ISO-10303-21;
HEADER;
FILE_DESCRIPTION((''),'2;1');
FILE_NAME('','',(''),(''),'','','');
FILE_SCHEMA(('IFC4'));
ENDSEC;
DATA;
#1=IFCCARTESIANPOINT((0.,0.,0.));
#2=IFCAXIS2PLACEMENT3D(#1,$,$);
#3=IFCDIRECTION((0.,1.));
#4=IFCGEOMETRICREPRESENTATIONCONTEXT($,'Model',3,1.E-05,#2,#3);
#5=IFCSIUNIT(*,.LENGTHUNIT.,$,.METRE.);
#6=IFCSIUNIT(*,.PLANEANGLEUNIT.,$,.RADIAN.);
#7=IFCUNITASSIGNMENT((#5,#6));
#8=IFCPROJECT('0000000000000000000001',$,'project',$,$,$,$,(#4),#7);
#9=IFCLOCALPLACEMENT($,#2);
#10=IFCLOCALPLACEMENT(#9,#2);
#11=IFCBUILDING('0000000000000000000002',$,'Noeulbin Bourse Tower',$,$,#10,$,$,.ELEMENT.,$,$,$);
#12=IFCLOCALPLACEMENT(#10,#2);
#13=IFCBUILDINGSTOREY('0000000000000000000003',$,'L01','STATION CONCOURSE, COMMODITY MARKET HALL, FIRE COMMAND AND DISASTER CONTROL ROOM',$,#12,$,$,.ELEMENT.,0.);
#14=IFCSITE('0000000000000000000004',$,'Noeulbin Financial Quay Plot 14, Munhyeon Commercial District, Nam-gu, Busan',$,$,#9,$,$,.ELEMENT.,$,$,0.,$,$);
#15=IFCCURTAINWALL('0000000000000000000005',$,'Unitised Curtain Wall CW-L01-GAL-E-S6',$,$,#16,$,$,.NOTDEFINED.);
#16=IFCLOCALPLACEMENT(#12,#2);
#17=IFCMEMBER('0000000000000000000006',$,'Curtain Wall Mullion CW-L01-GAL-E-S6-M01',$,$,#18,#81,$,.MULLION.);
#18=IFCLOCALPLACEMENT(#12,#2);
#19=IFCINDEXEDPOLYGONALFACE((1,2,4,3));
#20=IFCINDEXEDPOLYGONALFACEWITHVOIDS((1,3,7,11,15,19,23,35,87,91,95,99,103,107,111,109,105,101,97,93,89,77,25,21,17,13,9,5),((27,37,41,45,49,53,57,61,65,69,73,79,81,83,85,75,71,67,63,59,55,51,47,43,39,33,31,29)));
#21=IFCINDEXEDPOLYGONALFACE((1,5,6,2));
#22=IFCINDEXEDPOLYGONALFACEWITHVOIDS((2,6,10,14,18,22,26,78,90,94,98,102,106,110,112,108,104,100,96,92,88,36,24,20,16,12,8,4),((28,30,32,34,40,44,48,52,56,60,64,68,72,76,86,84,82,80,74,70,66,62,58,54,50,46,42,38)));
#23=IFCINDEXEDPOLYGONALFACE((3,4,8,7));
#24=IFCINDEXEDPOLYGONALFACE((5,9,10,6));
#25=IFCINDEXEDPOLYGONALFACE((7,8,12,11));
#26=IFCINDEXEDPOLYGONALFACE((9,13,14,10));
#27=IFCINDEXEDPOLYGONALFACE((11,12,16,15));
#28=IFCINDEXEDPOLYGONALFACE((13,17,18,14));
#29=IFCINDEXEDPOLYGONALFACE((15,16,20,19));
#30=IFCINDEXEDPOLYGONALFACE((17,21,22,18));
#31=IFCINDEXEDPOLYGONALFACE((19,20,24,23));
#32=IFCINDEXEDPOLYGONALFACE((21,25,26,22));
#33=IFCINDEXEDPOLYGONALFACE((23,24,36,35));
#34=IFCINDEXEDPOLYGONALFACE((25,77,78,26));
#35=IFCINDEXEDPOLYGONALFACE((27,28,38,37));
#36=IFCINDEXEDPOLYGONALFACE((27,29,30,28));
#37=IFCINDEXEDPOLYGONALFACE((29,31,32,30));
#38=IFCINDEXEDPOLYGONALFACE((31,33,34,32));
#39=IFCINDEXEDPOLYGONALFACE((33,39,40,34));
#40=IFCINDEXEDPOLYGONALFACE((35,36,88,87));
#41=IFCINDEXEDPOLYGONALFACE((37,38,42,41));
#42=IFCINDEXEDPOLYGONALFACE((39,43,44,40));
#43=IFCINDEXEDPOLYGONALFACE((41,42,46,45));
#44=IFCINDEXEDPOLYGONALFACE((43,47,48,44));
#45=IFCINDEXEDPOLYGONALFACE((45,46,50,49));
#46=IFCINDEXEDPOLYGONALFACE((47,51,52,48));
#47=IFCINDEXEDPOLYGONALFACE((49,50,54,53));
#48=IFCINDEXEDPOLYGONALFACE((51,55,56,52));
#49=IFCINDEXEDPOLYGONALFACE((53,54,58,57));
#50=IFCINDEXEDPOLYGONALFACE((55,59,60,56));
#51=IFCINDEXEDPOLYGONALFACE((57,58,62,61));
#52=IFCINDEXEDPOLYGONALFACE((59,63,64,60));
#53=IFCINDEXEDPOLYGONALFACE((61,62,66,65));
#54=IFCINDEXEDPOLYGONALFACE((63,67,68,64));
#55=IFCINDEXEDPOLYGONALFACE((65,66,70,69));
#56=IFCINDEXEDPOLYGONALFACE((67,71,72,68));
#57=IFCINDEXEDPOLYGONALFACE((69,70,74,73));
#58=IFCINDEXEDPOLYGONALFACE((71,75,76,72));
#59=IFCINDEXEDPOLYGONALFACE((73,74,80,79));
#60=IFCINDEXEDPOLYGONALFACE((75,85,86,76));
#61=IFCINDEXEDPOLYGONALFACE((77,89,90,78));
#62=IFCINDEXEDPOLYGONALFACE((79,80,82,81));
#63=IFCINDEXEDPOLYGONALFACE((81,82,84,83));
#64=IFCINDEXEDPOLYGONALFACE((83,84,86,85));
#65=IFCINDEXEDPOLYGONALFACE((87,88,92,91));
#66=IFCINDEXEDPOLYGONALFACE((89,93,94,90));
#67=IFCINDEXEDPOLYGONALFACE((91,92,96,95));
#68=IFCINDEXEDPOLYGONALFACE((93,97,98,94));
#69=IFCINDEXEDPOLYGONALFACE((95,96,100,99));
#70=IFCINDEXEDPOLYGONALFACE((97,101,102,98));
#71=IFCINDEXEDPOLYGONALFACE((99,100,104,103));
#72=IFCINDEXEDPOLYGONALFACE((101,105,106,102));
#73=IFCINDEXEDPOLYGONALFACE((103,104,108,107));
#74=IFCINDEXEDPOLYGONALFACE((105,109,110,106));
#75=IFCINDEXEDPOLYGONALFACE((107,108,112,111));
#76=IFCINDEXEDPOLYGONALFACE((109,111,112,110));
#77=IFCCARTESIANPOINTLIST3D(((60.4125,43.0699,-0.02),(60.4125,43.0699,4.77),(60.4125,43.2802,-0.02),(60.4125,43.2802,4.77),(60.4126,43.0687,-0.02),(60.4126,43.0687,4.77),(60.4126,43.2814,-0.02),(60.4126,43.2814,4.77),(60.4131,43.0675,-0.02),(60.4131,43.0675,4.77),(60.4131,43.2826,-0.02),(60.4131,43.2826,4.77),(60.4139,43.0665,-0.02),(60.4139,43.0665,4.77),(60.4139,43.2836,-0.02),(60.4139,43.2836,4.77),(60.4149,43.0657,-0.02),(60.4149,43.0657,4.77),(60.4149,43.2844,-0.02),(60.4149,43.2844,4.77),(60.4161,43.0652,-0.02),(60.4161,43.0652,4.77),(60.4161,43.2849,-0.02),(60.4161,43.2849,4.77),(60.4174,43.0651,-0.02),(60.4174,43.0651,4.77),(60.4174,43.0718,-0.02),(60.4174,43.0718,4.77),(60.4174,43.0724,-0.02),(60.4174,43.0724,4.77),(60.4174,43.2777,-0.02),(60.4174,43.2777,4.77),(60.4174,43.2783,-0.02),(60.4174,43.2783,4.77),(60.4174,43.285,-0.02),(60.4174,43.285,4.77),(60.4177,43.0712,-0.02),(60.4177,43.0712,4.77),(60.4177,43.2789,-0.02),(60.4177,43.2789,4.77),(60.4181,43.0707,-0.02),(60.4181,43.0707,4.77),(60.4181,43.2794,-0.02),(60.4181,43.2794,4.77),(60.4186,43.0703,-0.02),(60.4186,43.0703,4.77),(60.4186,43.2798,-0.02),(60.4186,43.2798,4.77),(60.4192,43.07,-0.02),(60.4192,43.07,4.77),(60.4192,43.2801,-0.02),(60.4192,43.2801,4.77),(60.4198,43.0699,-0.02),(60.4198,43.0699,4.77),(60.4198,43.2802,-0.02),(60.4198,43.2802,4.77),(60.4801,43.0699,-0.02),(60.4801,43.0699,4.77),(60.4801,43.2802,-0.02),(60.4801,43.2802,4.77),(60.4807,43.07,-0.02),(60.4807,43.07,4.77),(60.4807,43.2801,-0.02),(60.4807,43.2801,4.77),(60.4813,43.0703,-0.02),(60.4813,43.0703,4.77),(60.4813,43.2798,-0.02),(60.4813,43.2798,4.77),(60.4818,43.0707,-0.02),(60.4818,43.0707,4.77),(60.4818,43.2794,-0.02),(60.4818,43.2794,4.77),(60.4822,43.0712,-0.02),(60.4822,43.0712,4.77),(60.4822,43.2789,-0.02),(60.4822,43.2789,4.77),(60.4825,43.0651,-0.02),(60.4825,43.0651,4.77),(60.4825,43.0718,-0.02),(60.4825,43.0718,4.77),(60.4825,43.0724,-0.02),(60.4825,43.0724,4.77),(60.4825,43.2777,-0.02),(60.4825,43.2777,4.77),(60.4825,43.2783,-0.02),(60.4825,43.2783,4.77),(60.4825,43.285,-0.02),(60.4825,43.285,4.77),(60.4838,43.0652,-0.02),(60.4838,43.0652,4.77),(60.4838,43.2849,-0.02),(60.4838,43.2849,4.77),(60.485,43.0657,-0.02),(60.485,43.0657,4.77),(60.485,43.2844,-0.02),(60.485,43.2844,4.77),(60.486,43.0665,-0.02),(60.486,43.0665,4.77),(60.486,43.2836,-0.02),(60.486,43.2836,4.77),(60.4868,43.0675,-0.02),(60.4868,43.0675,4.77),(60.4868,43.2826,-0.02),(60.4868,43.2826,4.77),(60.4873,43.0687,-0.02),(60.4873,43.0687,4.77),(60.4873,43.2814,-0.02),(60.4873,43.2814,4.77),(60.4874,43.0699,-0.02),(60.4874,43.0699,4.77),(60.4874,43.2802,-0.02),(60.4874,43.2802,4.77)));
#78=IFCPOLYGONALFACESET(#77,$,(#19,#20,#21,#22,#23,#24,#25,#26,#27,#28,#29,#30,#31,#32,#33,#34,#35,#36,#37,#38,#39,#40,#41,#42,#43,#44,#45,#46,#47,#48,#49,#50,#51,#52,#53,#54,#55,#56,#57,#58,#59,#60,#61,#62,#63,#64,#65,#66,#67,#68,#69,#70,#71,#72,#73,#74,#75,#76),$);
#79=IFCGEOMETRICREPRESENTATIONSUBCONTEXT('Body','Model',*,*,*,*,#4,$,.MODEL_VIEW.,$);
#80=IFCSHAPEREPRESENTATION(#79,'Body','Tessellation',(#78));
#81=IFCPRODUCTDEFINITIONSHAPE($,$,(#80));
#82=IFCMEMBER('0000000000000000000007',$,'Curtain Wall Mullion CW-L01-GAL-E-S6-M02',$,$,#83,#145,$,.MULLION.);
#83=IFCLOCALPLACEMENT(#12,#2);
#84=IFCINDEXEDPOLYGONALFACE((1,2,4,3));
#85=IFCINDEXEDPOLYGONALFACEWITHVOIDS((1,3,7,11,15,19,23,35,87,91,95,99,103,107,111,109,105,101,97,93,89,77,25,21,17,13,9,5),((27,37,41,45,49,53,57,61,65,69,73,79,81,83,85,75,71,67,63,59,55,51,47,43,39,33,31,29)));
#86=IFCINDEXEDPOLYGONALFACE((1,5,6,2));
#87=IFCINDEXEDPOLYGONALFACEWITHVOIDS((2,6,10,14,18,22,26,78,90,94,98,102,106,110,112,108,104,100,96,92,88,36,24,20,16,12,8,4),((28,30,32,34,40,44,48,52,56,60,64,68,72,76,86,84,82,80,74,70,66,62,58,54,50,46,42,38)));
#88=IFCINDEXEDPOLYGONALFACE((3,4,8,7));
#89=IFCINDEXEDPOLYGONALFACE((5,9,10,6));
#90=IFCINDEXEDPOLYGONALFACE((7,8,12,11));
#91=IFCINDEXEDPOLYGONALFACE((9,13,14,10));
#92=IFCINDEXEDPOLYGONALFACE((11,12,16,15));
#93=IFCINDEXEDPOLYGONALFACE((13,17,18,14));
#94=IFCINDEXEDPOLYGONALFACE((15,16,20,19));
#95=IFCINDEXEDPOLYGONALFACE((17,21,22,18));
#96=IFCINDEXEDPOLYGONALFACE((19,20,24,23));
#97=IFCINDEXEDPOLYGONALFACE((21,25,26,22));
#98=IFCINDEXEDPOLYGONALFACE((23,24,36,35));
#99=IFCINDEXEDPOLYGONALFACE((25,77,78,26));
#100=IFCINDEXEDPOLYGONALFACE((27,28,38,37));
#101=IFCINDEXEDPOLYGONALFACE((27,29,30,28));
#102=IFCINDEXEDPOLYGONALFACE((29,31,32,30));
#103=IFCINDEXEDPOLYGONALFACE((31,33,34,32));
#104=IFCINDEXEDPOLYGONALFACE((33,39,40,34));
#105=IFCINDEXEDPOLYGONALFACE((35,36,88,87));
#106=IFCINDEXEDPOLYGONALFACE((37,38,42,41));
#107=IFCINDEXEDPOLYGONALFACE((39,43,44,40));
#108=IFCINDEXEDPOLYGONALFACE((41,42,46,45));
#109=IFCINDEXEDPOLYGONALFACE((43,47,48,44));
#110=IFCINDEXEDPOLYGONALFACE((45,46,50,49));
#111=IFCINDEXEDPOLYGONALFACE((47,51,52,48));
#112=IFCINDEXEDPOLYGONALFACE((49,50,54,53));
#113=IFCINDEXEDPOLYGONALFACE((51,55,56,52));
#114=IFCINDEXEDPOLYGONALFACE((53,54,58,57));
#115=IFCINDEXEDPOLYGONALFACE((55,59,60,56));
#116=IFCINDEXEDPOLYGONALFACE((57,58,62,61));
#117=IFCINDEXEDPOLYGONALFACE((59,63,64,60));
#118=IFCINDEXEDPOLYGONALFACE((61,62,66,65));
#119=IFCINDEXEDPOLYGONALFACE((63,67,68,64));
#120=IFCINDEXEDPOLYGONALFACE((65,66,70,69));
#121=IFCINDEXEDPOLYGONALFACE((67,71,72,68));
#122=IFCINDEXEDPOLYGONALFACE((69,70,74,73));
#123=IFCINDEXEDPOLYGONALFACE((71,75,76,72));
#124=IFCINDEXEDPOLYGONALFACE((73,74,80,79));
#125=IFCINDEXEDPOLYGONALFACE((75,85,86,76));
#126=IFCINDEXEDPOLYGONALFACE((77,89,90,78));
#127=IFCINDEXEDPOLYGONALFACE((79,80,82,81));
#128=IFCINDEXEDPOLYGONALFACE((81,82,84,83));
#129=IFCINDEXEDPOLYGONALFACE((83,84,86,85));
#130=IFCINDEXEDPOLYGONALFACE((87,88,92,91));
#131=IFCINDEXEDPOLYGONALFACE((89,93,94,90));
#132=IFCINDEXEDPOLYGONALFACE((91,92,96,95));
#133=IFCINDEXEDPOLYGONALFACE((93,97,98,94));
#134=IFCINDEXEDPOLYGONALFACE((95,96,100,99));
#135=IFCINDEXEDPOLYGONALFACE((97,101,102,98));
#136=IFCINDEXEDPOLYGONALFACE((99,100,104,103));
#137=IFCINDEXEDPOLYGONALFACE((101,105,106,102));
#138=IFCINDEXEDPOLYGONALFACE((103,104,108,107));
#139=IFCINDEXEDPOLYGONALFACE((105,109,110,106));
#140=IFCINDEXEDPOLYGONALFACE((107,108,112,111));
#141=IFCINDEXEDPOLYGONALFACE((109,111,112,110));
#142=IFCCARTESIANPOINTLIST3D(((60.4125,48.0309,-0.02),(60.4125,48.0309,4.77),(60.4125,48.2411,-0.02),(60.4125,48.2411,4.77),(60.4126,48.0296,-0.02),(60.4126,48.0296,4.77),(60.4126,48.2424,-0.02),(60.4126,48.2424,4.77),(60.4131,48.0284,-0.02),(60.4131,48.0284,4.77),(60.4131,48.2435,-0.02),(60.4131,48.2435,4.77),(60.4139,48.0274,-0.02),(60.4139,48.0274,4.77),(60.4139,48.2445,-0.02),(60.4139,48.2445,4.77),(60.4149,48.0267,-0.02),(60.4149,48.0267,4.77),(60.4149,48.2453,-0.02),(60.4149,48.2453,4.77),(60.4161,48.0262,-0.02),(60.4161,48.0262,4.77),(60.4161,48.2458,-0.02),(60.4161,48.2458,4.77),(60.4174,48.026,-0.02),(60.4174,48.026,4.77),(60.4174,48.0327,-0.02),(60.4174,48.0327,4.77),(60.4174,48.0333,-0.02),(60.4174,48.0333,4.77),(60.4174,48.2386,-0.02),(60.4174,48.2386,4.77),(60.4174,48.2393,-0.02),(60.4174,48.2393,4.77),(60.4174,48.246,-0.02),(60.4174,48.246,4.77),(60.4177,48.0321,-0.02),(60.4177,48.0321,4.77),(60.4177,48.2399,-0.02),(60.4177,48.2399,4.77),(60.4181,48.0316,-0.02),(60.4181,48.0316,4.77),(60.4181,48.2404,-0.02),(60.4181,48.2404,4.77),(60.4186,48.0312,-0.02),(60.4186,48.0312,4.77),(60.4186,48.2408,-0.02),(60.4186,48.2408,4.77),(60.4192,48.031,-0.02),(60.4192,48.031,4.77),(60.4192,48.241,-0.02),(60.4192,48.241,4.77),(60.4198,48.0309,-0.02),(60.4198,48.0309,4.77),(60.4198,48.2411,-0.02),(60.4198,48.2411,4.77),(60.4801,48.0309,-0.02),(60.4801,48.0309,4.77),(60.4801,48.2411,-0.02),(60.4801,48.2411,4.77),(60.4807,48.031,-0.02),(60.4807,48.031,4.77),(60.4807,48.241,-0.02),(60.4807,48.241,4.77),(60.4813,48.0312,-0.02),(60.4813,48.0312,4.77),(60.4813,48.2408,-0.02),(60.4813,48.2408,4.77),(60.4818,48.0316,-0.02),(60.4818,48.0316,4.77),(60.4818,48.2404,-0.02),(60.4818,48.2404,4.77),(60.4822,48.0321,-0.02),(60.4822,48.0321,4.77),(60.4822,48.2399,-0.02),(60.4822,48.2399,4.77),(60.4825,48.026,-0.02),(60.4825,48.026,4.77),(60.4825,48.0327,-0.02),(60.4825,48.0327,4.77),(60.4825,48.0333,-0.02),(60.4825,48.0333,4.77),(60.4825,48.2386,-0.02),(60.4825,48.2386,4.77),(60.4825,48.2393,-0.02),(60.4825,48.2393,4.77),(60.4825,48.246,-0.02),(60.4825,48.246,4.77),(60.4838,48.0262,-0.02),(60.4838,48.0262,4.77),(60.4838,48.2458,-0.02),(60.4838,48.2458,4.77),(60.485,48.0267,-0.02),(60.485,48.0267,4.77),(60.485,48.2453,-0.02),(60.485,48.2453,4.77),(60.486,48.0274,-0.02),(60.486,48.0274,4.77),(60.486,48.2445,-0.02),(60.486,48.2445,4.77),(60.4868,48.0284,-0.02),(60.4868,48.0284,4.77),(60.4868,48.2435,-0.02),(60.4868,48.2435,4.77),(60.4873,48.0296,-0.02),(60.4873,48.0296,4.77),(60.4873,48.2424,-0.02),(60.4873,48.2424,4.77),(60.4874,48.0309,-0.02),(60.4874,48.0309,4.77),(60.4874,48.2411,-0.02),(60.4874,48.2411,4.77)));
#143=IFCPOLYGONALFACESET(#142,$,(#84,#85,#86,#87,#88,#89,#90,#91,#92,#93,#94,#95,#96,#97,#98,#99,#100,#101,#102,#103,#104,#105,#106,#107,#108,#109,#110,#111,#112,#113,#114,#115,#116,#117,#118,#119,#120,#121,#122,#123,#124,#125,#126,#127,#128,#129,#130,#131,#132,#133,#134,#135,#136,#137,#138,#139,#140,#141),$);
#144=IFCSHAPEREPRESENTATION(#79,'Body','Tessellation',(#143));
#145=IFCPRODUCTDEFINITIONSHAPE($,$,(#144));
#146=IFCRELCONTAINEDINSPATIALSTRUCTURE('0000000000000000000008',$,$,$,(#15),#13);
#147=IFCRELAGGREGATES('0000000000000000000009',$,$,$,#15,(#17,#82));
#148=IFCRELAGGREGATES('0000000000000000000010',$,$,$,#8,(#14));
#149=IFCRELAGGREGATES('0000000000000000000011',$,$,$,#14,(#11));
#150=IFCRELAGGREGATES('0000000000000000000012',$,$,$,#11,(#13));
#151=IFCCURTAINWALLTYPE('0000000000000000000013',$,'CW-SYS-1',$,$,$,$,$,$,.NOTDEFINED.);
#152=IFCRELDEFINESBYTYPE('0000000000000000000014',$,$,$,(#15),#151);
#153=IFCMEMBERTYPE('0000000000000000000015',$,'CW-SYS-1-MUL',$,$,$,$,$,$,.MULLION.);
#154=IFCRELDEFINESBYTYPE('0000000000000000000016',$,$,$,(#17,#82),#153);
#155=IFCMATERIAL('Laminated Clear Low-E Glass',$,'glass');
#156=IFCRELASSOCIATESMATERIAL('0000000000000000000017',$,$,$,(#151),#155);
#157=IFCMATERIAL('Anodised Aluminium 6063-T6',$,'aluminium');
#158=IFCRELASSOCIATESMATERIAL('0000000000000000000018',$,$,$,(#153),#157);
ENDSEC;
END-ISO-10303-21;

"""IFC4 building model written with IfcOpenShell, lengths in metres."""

from ifc_helpers import new_model, si_unit, direction, frame, origin, origin_2d, place, context, subcontext, project, spatial, hollow_rectangle, extrude, material, material_profile, profile_set, type_object, element, aggregate, save


model = new_model("IFC4")

# Units and contexts
model_context = context("Model", 3, precision=1e-05, world=origin(), true_north=direction((0.0, 1.0)))
body_context = subcontext(model_context, "Body", "Model", "MODEL_VIEW")
ifc_project = project(units=[si_unit("LENGTHUNIT", "METRE"), si_unit("PLANEANGLEUNIT", "RADIAN")], contexts=[model_context])

# Site, building, storey
site_placement = place(None, origin())
site = spatial("IfcSite", under=ifc_project, at=site_placement, Name="Noeulbin Financial Quay Plot 14, Munhyeon Commercial District, Nam-gu, Busan", CompositionType="ELEMENT", RefElevation=0.0)
building_placement = place(site_placement, origin())
building = spatial("IfcBuilding", under=site, at=building_placement, Name="Noeulbin Bourse Tower", CompositionType="ELEMENT")
storey_placement = place(building_placement, origin())
storey = spatial("IfcBuildingStorey", under=building, at=storey_placement, Name="L01", Description="STATION CONCOURSE, COMMODITY MARKET HALL, FIRE COMMAND AND DISASTER CONTROL ROOM", CompositionType="ELEMENT", Elevation=0.0)

# Curtain wall, members
ifc_material_1 = material(Name="Laminated Clear Low-E Glass", Category="glass")
curtain_wall_type = type_object("IfcCurtainWallType", Name="CW-SYS-1", PredefinedType="NOTDEFINED", material=ifc_material_1)
ifc_material_2 = material(Name="Anodised Aluminium 6063-T6", Category="aluminium")
ifc_material_profile_1 = material_profile(ifc_material_2, hollow_rectangle(XDim=0.075, YDim=0.22, WallThickness=0.0049, InnerFilletRadius=0.0024, OuterFilletRadius=0.0049, at=origin_2d()), Name="ALU-MULL-75x220x5", Category="LoadBearing")
ifc_profile_set_1 = profile_set([ifc_material_profile_1], Name="Anodised Aluminium 6063-T6")
member_type_1 = type_object("IfcMemberType", Name="CW-SYS-1-MUL", PredefinedType="MULLION", material=ifc_profile_set_1)
curtain_wall_1_placement = place(storey_placement, origin())
curtain_wall_1 = element("IfcCurtainWall", 1, at=curtain_wall_1_placement, inside=storey, type_object=curtain_wall_type, Name="Unitised Curtain Wall CW-L01-GAL-E-S6", PredefinedType="NOTDEFINED")
member_1_placement = place(storey_placement, frame((60.45, 43.175, -0.02), z_axis=(0.0, 0.0, 1.0), x_axis=(1.0, 0.0, 0.0)))
member_1 = element("IfcMember", 2, at=member_1_placement, type_object=member_type_1, Name="Curtain Wall Mullion CW-L01-GAL-E-S6-M01", PredefinedType="MULLION", context=body_context, shape_type="SweptSolid", body=[
    extrude(hollow_rectangle(XDim=0.075, YDim=0.22, WallThickness=0.0049, InnerFilletRadius=0.0024, OuterFilletRadius=0.0049, at=origin_2d()), origin(), (0.0, 0.0, 1.0), 4.79),
])
member_2_placement = place(storey_placement, frame((60.45, 48.136, -0.02), z_axis=(0.0, 0.0, 1.0), x_axis=(1.0, 0.0, 0.0)))
member_2 = element("IfcMember", 3, at=member_2_placement, type_object=member_type_1, Name="Curtain Wall Mullion CW-L01-GAL-E-S6-M02", PredefinedType="MULLION", context=body_context, shape_type="SweptSolid", body=[
    extrude(hollow_rectangle(XDim=0.075, YDim=0.22, WallThickness=0.0049, InnerFilletRadius=0.0024, OuterFilletRadius=0.0049, at=origin_2d()), origin(), (0.0, 0.0, 1.0), 4.79),
])

aggregate(curtain_wall_1, [member_1, member_2])

save(model, "model.ifc")
